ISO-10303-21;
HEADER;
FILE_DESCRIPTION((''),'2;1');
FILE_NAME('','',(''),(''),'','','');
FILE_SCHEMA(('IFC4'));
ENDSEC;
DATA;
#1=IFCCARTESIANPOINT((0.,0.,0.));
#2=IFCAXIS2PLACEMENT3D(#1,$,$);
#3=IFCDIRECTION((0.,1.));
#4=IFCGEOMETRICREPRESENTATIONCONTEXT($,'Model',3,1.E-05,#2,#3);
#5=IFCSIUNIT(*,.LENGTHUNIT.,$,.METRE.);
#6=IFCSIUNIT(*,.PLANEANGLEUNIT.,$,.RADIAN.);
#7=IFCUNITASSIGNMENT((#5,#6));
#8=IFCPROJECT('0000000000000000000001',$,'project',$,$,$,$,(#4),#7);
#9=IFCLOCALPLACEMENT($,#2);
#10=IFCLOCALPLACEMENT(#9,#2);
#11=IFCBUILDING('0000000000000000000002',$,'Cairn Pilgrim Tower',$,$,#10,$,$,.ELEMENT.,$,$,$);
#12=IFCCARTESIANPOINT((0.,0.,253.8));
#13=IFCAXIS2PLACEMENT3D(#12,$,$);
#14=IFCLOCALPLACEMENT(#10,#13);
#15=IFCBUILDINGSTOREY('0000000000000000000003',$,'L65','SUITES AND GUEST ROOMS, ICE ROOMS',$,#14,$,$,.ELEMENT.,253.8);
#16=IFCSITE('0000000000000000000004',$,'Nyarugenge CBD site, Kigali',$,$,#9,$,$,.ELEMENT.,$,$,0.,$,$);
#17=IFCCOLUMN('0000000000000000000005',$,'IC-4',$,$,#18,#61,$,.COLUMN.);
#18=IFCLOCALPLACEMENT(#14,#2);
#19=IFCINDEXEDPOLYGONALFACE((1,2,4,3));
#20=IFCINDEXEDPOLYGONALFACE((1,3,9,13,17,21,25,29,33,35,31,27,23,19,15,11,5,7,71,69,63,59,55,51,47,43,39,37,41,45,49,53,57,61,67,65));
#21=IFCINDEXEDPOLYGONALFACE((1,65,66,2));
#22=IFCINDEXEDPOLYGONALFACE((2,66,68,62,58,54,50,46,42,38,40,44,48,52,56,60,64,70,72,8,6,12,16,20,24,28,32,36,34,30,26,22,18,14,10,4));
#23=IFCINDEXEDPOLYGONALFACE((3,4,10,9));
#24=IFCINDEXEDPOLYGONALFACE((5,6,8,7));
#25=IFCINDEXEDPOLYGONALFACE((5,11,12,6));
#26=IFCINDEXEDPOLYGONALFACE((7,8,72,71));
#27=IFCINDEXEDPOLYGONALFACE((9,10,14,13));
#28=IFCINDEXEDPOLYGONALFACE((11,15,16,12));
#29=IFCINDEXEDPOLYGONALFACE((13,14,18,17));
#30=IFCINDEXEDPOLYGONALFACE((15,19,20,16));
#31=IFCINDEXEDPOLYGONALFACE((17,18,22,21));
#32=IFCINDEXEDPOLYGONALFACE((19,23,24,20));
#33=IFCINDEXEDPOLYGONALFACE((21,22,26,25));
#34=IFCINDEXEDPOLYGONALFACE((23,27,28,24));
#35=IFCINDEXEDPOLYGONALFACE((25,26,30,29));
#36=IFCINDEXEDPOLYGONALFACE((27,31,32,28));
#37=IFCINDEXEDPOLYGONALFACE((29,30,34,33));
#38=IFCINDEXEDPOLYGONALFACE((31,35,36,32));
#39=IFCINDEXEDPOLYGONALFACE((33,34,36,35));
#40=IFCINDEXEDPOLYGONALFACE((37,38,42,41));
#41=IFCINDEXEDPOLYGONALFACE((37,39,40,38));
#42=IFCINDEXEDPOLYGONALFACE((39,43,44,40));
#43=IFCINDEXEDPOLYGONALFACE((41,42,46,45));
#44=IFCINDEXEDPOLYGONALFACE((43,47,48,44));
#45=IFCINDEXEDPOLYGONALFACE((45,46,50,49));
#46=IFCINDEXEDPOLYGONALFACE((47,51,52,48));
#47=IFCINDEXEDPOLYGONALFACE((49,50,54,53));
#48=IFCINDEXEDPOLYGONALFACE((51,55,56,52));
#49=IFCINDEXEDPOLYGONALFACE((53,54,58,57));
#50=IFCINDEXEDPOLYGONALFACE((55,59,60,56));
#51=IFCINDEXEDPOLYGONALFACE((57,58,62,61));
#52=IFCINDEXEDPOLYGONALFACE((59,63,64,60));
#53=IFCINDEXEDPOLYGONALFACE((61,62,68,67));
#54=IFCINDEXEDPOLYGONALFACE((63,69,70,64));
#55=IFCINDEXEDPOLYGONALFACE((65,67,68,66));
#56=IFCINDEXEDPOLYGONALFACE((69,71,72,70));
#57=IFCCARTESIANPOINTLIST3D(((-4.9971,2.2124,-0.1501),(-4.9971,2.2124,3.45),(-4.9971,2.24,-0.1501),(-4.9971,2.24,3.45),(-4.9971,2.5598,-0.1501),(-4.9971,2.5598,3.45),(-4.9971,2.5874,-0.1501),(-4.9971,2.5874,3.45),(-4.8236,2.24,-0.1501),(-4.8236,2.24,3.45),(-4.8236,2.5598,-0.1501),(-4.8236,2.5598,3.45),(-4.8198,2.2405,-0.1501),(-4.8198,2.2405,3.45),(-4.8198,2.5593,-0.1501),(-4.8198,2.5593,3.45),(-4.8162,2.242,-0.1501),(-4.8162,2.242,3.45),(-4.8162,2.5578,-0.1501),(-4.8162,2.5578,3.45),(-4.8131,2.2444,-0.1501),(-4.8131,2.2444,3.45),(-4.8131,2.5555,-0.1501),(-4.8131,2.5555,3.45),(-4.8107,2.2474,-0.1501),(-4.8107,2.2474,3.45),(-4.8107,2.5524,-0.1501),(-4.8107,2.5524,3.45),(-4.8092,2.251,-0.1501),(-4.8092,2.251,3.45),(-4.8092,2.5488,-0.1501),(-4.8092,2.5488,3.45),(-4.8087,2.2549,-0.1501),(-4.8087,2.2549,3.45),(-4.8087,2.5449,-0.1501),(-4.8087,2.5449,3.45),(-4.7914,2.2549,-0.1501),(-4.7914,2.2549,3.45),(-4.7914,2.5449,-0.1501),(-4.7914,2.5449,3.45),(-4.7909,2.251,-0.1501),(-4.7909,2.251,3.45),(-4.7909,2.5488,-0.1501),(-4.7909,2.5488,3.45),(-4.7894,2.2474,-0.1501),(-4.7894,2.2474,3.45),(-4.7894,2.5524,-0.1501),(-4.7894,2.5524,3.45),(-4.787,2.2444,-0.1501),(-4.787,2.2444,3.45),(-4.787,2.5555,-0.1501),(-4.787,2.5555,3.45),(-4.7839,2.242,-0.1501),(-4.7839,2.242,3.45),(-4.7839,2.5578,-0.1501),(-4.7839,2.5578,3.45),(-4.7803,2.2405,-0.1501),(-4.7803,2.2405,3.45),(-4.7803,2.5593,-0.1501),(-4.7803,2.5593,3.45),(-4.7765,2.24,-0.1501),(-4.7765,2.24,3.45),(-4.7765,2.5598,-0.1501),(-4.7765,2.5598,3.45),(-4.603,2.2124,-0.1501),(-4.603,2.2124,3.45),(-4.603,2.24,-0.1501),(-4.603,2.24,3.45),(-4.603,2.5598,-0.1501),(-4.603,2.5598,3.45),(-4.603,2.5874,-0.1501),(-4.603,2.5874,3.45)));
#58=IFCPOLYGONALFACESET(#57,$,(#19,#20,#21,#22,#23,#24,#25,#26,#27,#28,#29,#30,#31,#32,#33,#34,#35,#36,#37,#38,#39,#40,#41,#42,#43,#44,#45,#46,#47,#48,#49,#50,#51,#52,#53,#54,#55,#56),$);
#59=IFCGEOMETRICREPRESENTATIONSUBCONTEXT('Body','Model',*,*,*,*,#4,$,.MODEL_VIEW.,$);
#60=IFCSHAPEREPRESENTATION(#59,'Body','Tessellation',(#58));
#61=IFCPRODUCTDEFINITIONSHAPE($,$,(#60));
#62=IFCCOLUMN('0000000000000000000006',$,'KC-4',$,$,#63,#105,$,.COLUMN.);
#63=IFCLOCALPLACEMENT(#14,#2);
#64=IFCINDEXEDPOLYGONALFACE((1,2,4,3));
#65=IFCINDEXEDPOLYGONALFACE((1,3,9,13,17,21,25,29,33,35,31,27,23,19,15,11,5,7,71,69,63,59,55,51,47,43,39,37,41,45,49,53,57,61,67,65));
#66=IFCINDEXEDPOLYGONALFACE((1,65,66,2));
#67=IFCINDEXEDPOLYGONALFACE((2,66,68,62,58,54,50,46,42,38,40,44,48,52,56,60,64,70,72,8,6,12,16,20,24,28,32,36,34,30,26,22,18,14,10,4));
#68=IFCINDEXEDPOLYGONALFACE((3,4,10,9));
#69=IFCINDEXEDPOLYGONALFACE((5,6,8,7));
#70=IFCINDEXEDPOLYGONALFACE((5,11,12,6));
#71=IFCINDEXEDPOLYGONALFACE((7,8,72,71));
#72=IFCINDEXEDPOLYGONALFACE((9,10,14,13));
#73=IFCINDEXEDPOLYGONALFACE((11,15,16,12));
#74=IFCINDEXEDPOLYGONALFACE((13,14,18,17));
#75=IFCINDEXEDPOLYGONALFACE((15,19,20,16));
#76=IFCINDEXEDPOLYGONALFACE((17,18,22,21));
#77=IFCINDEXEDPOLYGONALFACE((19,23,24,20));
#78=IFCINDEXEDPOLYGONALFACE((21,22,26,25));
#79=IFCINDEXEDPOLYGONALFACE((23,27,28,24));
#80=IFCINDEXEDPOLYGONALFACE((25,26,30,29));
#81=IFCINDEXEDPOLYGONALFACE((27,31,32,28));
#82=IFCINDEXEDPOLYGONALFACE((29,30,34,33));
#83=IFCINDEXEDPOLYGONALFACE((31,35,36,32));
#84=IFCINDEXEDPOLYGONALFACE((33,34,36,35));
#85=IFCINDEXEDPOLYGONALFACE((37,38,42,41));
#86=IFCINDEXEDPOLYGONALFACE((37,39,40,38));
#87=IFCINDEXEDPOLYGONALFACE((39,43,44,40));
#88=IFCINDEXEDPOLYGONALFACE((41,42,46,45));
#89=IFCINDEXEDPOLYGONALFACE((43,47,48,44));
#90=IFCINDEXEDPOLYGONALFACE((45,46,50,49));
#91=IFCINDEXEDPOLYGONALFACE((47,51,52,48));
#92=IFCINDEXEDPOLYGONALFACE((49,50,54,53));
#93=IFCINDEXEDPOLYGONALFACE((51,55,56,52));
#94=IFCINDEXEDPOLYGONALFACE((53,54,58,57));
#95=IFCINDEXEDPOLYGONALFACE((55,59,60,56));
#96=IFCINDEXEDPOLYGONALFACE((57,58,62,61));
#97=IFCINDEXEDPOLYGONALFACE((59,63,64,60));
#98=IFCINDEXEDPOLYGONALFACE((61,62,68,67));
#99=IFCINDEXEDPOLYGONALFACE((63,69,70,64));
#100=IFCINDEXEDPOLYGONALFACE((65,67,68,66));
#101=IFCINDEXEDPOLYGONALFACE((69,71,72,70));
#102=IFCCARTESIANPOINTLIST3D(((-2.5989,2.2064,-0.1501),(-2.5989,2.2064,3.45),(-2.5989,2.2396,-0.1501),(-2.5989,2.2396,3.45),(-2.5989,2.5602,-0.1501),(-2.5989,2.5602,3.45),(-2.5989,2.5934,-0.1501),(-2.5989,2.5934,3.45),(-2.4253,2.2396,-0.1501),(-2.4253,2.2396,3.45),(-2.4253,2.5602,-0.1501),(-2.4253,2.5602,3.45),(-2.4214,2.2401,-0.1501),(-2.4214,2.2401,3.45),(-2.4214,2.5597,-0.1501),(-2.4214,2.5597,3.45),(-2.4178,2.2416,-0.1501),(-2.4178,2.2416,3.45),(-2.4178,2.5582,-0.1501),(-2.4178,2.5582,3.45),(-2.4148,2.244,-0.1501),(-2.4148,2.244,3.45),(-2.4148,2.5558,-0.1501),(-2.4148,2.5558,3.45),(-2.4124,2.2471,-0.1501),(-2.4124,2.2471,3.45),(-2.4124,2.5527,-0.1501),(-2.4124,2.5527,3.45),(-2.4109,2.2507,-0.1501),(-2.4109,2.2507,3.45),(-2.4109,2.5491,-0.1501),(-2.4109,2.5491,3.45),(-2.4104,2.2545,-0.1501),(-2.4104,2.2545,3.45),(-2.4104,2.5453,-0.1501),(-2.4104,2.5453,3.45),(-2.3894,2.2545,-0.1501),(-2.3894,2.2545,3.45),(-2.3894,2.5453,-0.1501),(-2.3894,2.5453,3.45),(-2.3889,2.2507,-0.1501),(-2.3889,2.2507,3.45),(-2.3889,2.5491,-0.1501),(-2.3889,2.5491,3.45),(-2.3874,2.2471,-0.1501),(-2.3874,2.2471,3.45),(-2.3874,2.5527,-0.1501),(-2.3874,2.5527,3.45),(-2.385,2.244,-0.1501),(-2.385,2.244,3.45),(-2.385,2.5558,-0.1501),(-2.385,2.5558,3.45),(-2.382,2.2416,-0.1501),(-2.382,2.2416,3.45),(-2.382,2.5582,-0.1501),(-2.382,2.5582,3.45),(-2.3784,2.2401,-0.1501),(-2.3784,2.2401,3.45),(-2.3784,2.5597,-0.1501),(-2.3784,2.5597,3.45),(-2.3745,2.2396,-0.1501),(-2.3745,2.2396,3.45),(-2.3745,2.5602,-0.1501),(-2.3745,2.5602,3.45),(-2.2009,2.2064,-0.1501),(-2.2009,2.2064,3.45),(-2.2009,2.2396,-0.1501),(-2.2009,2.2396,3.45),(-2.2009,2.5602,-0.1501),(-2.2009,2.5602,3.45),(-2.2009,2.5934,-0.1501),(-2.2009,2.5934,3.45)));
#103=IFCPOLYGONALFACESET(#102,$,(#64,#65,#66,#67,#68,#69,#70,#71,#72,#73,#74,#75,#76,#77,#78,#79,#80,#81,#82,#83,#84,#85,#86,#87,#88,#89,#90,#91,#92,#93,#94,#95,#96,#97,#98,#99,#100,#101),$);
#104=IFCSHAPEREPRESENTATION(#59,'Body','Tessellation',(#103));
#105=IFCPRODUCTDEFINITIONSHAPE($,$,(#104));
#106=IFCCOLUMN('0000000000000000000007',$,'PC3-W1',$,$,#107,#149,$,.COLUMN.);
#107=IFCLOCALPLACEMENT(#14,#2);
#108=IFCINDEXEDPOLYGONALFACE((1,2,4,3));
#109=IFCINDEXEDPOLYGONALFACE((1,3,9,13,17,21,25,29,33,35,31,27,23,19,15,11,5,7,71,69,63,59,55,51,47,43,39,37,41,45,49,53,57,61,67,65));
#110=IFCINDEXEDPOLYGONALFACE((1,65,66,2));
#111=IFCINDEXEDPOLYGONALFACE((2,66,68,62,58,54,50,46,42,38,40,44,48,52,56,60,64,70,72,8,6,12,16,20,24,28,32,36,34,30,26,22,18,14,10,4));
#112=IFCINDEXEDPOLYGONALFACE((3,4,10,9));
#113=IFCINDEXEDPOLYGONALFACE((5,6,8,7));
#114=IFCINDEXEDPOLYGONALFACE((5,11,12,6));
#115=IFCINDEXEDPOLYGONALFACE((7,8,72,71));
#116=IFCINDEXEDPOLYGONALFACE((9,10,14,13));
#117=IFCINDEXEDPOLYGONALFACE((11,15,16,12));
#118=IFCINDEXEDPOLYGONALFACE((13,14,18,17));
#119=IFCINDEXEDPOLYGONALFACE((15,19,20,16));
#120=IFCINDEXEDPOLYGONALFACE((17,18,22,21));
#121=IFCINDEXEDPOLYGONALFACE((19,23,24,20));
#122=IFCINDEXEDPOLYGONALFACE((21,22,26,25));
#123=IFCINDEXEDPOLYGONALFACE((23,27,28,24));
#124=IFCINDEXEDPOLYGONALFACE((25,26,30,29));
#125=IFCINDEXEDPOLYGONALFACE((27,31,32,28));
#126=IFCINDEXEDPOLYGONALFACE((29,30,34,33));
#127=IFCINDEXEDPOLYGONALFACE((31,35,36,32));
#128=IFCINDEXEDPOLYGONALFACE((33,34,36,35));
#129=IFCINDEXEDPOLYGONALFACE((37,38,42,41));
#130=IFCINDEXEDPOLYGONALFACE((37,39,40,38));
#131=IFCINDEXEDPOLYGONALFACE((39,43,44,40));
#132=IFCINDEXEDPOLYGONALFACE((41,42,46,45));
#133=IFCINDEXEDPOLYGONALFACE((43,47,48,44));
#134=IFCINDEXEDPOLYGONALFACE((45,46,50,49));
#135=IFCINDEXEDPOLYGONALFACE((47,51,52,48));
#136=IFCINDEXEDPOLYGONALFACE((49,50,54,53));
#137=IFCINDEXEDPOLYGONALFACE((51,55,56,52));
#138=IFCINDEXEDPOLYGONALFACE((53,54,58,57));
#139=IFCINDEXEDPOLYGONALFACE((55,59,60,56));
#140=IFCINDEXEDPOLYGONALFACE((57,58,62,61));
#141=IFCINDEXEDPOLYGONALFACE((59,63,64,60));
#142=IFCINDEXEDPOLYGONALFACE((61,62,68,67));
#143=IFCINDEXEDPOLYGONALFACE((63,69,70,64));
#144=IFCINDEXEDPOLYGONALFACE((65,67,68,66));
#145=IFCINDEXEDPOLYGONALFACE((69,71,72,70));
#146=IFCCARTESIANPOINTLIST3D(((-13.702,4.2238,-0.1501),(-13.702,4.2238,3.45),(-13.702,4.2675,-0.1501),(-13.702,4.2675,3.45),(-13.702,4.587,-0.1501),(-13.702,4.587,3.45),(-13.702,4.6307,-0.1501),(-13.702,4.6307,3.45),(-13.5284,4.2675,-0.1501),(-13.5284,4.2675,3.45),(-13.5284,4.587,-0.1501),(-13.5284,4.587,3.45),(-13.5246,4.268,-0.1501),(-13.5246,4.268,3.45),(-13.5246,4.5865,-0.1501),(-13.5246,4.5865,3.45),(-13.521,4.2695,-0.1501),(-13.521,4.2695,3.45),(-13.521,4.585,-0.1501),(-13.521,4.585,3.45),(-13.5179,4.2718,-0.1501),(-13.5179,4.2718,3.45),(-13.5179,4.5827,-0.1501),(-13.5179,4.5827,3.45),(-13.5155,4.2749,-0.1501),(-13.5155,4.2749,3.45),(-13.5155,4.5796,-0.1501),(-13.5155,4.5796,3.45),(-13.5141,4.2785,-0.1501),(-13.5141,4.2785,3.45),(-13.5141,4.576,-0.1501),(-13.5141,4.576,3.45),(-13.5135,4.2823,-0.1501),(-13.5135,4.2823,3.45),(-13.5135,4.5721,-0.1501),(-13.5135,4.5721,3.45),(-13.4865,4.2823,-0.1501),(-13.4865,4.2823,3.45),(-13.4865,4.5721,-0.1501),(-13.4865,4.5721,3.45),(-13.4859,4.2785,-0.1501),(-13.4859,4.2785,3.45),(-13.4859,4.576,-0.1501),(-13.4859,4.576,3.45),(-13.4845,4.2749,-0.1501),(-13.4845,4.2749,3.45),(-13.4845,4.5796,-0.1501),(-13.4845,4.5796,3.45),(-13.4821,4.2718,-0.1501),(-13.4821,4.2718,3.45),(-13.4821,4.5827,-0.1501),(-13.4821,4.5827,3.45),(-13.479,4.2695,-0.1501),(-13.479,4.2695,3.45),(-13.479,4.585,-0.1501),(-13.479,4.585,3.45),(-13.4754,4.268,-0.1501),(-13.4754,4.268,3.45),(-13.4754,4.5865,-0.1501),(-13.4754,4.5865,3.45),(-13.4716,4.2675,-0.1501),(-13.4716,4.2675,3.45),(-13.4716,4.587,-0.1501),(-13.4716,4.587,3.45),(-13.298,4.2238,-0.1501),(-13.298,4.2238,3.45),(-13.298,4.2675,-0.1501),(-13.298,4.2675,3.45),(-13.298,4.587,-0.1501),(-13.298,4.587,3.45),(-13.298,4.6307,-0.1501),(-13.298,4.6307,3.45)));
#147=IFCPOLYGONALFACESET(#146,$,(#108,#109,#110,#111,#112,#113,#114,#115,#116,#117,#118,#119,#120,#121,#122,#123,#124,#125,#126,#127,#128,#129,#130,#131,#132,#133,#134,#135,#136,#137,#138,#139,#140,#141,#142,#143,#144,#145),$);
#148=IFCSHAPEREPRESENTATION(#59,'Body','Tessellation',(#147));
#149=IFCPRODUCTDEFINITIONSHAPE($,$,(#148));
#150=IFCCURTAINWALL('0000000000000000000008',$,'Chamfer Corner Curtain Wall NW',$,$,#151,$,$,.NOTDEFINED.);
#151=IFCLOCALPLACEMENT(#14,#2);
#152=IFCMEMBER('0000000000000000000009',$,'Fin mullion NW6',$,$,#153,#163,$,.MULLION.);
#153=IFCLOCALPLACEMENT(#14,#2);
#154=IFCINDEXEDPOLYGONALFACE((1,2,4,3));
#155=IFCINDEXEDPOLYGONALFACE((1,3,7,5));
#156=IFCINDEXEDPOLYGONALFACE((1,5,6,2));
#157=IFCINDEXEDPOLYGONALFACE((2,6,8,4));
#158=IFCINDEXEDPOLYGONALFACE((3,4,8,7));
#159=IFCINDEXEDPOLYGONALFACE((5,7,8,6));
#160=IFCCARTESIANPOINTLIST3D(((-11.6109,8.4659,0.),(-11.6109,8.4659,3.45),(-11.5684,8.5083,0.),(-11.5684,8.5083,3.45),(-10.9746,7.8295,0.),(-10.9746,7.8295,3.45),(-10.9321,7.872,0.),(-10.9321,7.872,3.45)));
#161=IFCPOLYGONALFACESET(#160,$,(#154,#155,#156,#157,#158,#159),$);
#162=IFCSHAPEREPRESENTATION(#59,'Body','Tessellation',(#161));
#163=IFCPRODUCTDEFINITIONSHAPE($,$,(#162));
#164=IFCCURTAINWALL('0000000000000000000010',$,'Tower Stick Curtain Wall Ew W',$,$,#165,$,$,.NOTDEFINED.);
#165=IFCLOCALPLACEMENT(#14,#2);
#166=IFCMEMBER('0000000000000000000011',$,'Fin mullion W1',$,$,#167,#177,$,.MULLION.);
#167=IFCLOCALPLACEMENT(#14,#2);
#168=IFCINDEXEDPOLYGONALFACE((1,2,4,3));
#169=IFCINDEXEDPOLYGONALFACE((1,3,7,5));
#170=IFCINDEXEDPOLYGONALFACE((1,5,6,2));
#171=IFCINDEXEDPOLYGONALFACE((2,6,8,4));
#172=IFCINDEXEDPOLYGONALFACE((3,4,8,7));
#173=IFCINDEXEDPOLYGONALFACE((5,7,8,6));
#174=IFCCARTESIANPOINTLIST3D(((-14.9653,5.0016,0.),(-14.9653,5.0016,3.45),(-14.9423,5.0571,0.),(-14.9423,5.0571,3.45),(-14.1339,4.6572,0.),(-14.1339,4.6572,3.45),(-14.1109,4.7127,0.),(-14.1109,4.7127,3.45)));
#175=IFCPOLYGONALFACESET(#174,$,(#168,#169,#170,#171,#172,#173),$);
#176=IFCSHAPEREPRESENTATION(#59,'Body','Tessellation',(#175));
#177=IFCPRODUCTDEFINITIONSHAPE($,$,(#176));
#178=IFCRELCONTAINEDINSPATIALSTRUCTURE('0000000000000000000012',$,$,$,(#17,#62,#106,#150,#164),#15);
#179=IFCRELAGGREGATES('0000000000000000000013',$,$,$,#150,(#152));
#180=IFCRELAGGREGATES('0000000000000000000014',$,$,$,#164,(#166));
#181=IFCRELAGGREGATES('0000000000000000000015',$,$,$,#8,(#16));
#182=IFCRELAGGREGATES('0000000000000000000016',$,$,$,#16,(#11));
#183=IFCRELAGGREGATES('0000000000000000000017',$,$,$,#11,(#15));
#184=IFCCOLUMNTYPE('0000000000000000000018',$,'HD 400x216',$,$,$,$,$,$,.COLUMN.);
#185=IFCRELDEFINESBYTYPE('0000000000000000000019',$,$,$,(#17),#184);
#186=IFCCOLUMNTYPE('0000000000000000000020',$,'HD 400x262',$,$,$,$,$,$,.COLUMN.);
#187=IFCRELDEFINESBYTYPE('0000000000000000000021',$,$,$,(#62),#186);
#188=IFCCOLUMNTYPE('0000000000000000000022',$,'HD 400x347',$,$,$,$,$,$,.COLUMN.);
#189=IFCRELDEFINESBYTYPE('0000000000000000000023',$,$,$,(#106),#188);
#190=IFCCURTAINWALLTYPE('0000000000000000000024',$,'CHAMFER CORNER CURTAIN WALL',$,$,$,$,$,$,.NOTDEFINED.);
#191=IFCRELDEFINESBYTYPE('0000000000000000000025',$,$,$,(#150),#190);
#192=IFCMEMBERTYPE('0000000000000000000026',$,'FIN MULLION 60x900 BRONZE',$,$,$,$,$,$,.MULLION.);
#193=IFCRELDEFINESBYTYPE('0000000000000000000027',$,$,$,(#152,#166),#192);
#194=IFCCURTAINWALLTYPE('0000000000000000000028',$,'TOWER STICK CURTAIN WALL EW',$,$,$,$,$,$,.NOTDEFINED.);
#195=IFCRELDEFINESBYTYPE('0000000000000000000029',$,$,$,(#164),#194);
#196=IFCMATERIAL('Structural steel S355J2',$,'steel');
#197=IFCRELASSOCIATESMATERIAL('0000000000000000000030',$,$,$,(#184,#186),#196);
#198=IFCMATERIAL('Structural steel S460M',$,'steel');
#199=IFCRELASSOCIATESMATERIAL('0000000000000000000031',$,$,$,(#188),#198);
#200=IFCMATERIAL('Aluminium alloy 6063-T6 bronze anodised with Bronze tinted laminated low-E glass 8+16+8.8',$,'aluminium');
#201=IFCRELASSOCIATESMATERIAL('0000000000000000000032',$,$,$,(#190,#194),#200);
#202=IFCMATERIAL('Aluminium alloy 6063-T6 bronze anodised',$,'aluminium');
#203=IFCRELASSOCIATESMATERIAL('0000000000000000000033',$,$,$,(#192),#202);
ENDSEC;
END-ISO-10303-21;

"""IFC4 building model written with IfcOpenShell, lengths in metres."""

from ifc_helpers import new_model, si_unit, direction, frame, origin, origin_2d, place, context, subcontext, project, spatial, rectangle, i_section, extrude, material, material_profile, profile_set, type_object, element, aggregate, save


model = new_model("IFC4")

# Units and contexts
model_context = context("Model", 3, precision=1e-05, world=origin(), true_north=direction((0.0, 1.0)))
body_context = subcontext(model_context, "Body", "Model", "MODEL_VIEW")
ifc_project = project(units=[si_unit("LENGTHUNIT", "METRE"), si_unit("PLANEANGLEUNIT", "RADIAN")], contexts=[model_context])

# Site, building, storey
site_placement = place(None, origin())
site = spatial("IfcSite", under=ifc_project, at=site_placement, Name="Nyarugenge CBD site, Kigali", CompositionType="ELEMENT", RefElevation=0.0)
building_placement = place(site_placement, origin())
building = spatial("IfcBuilding", under=site, at=building_placement, Name="Cairn Pilgrim Tower", CompositionType="ELEMENT")
storey_placement = place(building_placement, frame((0.0, 0.0, 253.8)))
storey = spatial("IfcBuildingStorey", under=building, at=storey_placement, Name="L65", Description="SUITES AND GUEST ROOMS, ICE ROOMS", CompositionType="ELEMENT", Elevation=253.8)

# Columns
ifc_material_1 = material(Name="Structural steel S355J2", Category="steel")
ifc_material_profile_1 = material_profile(ifc_material_1, i_section(OverallWidth=0.394, OverallDepth=0.375, WebThickness=0.0173, FlangeThickness=0.0276, FilletRadius=0.0149, at=origin_2d()), Name="HD 400x216")
ifc_profile_set_1 = profile_set([ifc_material_profile_1], Name="Structural steel S355J2")
column_type_1 = type_object("IfcColumnType", Name="HD 400x216", PredefinedType="COLUMN", material=ifc_profile_set_1)
column_1_placement = place(storey_placement, frame((-4.8, 2.3999, -0.1501), z_axis=(0.0, 0.0, 1.0), x_axis=(1.0, 0.0, 0.0)))
element("IfcColumn", 1, at=column_1_placement, inside=storey, type_object=column_type_1, Name="IC-4", PredefinedType="COLUMN", context=body_context, shape_type="SweptSolid", body=[
    extrude(i_section(OverallWidth=0.394, OverallDepth=0.375, WebThickness=0.0173, FlangeThickness=0.0276, FilletRadius=0.0149, at=origin_2d()), origin(), (0.0, 0.0, 1.0), 3.6001),
])
ifc_material_profile_2 = material_profile(ifc_material_1, i_section(OverallWidth=0.3979, OverallDepth=0.387, WebThickness=0.021, FlangeThickness=0.0332, FilletRadius=0.0149, at=origin_2d()), Name="HD 400x262")
ifc_profile_set_2 = profile_set([ifc_material_profile_2], Name="Structural steel S355J2")
column_type_2 = type_object("IfcColumnType", Name="HD 400x262", PredefinedType="COLUMN", material=ifc_profile_set_2)
column_2_placement = place(storey_placement, frame((-2.3999, 2.3999, -0.1501), z_axis=(0.0, 0.0, 1.0), x_axis=(1.0, 0.0, 0.0)))
element("IfcColumn", 2, at=column_2_placement, inside=storey, type_object=column_type_2, Name="KC-4", PredefinedType="COLUMN", context=body_context, shape_type="SweptSolid", body=[
    extrude(i_section(OverallWidth=0.3979, OverallDepth=0.387, WebThickness=0.021, FlangeThickness=0.0332, FilletRadius=0.0149, at=origin_2d()), origin(), (0.0, 0.0, 1.0), 3.6001),
])
ifc_material_2 = material(Name="Structural steel S460M", Category="steel")
ifc_material_profile_3 = material_profile(ifc_material_2, i_section(OverallWidth=0.4041, OverallDepth=0.407, WebThickness=0.0271, FlangeThickness=0.0437, FilletRadius=0.0149, at=origin_2d()), Name="HD 400x347")
ifc_profile_set_3 = profile_set([ifc_material_profile_3], Name="Structural steel S460M")
column_type_3 = type_object("IfcColumnType", Name="HD 400x347", PredefinedType="COLUMN", material=ifc_profile_set_3)
column_3_placement = place(storey_placement, frame((-13.5, 4.4272, -0.1501), z_axis=(0.0, 0.0, 1.0), x_axis=(1.0, 0.0, 0.0)))
element("IfcColumn", 3, at=column_3_placement, inside=storey, type_object=column_type_3, Name="PC3-W1", PredefinedType="COLUMN", context=body_context, shape_type="SweptSolid", body=[
    extrude(i_section(OverallWidth=0.4041, OverallDepth=0.407, WebThickness=0.0271, FlangeThickness=0.0437, FilletRadius=0.0149, at=origin_2d()), origin(), (0.0, 0.0, 1.0), 3.6001),
])

# Curtain walls, members
ifc_material_3 = material(Name="Aluminium alloy 6063-T6 bronze anodised with Bronze tinted laminated low-E glass 8+16+8.8", Category="aluminium")
curtain_wall_type_1 = type_object("IfcCurtainWallType", Name="CHAMFER CORNER CURTAIN WALL", PredefinedType="NOTDEFINED", material=ifc_material_3)
curtain_wall_1_placement = place(storey_placement, origin())
curtain_wall_1 = element("IfcCurtainWall", 4, at=curtain_wall_1_placement, inside=storey, type_object=curtain_wall_type_1, Name="Chamfer Corner Curtain Wall NW", PredefinedType="NOTDEFINED")
ifc_material_4 = material(Name="Aluminium alloy 6063-T6 bronze anodised", Category="aluminium")
ifc_material_profile_4 = material_profile(ifc_material_4, rectangle(XDim=0.8999, YDim=0.0601, at=origin_2d()), Name="FIN MULLION 60x900 BRONZE")
ifc_profile_set_4 = profile_set([ifc_material_profile_4], Name="Aluminium alloy 6063-T6 bronze anodised")
member_type_1 = type_object("IfcMemberType", Name="FIN MULLION 60x900 BRONZE", PredefinedType="MULLION", material=ifc_profile_set_4)
member_1_placement = place(storey_placement, frame((-11.2715, 8.1689, 0.0), z_axis=(0.0, 0.0, 1.0), x_axis=(-0.707107, 0.707107, 0.0)))
member_1 = element("IfcMember", 5, at=member_1_placement, type_object=member_type_1, Name="Fin mullion NW6", PredefinedType="MULLION", context=body_context, shape_type="SweptSolid", body=[
    extrude(rectangle(XDim=0.8999, YDim=0.0601, at=origin_2d()), origin(), (0.0, 0.0, 1.0), 3.45),
])
curtain_wall_type_2 = type_object("IfcCurtainWallType", Name="TOWER STICK CURTAIN WALL EW", PredefinedType="NOTDEFINED", material=ifc_material_3)
curtain_wall_2_placement = place(storey_placement, origin())
curtain_wall_2 = element("IfcCurtainWall", 6, at=curtain_wall_2_placement, inside=storey, type_object=curtain_wall_type_2, Name="Tower Stick Curtain Wall Ew W", PredefinedType="NOTDEFINED")
member_2_placement = place(storey_placement, frame((-14.5381, 4.8572, 0.0), z_axis=(0.0, 0.0, 1.0), x_axis=(-0.92388, 0.382683, 0.0)))
member_2 = element("IfcMember", 7, at=member_2_placement, type_object=member_type_1, Name="Fin mullion W1", PredefinedType="MULLION", context=body_context, shape_type="SweptSolid", body=[
    extrude(rectangle(XDim=0.8999, YDim=0.0601, at=origin_2d()), origin(), (0.0, 0.0, 1.0), 3.45),
])

aggregate(curtain_wall_1, [member_1])
aggregate(curtain_wall_2, [member_2])

save(model, "model.ifc")
